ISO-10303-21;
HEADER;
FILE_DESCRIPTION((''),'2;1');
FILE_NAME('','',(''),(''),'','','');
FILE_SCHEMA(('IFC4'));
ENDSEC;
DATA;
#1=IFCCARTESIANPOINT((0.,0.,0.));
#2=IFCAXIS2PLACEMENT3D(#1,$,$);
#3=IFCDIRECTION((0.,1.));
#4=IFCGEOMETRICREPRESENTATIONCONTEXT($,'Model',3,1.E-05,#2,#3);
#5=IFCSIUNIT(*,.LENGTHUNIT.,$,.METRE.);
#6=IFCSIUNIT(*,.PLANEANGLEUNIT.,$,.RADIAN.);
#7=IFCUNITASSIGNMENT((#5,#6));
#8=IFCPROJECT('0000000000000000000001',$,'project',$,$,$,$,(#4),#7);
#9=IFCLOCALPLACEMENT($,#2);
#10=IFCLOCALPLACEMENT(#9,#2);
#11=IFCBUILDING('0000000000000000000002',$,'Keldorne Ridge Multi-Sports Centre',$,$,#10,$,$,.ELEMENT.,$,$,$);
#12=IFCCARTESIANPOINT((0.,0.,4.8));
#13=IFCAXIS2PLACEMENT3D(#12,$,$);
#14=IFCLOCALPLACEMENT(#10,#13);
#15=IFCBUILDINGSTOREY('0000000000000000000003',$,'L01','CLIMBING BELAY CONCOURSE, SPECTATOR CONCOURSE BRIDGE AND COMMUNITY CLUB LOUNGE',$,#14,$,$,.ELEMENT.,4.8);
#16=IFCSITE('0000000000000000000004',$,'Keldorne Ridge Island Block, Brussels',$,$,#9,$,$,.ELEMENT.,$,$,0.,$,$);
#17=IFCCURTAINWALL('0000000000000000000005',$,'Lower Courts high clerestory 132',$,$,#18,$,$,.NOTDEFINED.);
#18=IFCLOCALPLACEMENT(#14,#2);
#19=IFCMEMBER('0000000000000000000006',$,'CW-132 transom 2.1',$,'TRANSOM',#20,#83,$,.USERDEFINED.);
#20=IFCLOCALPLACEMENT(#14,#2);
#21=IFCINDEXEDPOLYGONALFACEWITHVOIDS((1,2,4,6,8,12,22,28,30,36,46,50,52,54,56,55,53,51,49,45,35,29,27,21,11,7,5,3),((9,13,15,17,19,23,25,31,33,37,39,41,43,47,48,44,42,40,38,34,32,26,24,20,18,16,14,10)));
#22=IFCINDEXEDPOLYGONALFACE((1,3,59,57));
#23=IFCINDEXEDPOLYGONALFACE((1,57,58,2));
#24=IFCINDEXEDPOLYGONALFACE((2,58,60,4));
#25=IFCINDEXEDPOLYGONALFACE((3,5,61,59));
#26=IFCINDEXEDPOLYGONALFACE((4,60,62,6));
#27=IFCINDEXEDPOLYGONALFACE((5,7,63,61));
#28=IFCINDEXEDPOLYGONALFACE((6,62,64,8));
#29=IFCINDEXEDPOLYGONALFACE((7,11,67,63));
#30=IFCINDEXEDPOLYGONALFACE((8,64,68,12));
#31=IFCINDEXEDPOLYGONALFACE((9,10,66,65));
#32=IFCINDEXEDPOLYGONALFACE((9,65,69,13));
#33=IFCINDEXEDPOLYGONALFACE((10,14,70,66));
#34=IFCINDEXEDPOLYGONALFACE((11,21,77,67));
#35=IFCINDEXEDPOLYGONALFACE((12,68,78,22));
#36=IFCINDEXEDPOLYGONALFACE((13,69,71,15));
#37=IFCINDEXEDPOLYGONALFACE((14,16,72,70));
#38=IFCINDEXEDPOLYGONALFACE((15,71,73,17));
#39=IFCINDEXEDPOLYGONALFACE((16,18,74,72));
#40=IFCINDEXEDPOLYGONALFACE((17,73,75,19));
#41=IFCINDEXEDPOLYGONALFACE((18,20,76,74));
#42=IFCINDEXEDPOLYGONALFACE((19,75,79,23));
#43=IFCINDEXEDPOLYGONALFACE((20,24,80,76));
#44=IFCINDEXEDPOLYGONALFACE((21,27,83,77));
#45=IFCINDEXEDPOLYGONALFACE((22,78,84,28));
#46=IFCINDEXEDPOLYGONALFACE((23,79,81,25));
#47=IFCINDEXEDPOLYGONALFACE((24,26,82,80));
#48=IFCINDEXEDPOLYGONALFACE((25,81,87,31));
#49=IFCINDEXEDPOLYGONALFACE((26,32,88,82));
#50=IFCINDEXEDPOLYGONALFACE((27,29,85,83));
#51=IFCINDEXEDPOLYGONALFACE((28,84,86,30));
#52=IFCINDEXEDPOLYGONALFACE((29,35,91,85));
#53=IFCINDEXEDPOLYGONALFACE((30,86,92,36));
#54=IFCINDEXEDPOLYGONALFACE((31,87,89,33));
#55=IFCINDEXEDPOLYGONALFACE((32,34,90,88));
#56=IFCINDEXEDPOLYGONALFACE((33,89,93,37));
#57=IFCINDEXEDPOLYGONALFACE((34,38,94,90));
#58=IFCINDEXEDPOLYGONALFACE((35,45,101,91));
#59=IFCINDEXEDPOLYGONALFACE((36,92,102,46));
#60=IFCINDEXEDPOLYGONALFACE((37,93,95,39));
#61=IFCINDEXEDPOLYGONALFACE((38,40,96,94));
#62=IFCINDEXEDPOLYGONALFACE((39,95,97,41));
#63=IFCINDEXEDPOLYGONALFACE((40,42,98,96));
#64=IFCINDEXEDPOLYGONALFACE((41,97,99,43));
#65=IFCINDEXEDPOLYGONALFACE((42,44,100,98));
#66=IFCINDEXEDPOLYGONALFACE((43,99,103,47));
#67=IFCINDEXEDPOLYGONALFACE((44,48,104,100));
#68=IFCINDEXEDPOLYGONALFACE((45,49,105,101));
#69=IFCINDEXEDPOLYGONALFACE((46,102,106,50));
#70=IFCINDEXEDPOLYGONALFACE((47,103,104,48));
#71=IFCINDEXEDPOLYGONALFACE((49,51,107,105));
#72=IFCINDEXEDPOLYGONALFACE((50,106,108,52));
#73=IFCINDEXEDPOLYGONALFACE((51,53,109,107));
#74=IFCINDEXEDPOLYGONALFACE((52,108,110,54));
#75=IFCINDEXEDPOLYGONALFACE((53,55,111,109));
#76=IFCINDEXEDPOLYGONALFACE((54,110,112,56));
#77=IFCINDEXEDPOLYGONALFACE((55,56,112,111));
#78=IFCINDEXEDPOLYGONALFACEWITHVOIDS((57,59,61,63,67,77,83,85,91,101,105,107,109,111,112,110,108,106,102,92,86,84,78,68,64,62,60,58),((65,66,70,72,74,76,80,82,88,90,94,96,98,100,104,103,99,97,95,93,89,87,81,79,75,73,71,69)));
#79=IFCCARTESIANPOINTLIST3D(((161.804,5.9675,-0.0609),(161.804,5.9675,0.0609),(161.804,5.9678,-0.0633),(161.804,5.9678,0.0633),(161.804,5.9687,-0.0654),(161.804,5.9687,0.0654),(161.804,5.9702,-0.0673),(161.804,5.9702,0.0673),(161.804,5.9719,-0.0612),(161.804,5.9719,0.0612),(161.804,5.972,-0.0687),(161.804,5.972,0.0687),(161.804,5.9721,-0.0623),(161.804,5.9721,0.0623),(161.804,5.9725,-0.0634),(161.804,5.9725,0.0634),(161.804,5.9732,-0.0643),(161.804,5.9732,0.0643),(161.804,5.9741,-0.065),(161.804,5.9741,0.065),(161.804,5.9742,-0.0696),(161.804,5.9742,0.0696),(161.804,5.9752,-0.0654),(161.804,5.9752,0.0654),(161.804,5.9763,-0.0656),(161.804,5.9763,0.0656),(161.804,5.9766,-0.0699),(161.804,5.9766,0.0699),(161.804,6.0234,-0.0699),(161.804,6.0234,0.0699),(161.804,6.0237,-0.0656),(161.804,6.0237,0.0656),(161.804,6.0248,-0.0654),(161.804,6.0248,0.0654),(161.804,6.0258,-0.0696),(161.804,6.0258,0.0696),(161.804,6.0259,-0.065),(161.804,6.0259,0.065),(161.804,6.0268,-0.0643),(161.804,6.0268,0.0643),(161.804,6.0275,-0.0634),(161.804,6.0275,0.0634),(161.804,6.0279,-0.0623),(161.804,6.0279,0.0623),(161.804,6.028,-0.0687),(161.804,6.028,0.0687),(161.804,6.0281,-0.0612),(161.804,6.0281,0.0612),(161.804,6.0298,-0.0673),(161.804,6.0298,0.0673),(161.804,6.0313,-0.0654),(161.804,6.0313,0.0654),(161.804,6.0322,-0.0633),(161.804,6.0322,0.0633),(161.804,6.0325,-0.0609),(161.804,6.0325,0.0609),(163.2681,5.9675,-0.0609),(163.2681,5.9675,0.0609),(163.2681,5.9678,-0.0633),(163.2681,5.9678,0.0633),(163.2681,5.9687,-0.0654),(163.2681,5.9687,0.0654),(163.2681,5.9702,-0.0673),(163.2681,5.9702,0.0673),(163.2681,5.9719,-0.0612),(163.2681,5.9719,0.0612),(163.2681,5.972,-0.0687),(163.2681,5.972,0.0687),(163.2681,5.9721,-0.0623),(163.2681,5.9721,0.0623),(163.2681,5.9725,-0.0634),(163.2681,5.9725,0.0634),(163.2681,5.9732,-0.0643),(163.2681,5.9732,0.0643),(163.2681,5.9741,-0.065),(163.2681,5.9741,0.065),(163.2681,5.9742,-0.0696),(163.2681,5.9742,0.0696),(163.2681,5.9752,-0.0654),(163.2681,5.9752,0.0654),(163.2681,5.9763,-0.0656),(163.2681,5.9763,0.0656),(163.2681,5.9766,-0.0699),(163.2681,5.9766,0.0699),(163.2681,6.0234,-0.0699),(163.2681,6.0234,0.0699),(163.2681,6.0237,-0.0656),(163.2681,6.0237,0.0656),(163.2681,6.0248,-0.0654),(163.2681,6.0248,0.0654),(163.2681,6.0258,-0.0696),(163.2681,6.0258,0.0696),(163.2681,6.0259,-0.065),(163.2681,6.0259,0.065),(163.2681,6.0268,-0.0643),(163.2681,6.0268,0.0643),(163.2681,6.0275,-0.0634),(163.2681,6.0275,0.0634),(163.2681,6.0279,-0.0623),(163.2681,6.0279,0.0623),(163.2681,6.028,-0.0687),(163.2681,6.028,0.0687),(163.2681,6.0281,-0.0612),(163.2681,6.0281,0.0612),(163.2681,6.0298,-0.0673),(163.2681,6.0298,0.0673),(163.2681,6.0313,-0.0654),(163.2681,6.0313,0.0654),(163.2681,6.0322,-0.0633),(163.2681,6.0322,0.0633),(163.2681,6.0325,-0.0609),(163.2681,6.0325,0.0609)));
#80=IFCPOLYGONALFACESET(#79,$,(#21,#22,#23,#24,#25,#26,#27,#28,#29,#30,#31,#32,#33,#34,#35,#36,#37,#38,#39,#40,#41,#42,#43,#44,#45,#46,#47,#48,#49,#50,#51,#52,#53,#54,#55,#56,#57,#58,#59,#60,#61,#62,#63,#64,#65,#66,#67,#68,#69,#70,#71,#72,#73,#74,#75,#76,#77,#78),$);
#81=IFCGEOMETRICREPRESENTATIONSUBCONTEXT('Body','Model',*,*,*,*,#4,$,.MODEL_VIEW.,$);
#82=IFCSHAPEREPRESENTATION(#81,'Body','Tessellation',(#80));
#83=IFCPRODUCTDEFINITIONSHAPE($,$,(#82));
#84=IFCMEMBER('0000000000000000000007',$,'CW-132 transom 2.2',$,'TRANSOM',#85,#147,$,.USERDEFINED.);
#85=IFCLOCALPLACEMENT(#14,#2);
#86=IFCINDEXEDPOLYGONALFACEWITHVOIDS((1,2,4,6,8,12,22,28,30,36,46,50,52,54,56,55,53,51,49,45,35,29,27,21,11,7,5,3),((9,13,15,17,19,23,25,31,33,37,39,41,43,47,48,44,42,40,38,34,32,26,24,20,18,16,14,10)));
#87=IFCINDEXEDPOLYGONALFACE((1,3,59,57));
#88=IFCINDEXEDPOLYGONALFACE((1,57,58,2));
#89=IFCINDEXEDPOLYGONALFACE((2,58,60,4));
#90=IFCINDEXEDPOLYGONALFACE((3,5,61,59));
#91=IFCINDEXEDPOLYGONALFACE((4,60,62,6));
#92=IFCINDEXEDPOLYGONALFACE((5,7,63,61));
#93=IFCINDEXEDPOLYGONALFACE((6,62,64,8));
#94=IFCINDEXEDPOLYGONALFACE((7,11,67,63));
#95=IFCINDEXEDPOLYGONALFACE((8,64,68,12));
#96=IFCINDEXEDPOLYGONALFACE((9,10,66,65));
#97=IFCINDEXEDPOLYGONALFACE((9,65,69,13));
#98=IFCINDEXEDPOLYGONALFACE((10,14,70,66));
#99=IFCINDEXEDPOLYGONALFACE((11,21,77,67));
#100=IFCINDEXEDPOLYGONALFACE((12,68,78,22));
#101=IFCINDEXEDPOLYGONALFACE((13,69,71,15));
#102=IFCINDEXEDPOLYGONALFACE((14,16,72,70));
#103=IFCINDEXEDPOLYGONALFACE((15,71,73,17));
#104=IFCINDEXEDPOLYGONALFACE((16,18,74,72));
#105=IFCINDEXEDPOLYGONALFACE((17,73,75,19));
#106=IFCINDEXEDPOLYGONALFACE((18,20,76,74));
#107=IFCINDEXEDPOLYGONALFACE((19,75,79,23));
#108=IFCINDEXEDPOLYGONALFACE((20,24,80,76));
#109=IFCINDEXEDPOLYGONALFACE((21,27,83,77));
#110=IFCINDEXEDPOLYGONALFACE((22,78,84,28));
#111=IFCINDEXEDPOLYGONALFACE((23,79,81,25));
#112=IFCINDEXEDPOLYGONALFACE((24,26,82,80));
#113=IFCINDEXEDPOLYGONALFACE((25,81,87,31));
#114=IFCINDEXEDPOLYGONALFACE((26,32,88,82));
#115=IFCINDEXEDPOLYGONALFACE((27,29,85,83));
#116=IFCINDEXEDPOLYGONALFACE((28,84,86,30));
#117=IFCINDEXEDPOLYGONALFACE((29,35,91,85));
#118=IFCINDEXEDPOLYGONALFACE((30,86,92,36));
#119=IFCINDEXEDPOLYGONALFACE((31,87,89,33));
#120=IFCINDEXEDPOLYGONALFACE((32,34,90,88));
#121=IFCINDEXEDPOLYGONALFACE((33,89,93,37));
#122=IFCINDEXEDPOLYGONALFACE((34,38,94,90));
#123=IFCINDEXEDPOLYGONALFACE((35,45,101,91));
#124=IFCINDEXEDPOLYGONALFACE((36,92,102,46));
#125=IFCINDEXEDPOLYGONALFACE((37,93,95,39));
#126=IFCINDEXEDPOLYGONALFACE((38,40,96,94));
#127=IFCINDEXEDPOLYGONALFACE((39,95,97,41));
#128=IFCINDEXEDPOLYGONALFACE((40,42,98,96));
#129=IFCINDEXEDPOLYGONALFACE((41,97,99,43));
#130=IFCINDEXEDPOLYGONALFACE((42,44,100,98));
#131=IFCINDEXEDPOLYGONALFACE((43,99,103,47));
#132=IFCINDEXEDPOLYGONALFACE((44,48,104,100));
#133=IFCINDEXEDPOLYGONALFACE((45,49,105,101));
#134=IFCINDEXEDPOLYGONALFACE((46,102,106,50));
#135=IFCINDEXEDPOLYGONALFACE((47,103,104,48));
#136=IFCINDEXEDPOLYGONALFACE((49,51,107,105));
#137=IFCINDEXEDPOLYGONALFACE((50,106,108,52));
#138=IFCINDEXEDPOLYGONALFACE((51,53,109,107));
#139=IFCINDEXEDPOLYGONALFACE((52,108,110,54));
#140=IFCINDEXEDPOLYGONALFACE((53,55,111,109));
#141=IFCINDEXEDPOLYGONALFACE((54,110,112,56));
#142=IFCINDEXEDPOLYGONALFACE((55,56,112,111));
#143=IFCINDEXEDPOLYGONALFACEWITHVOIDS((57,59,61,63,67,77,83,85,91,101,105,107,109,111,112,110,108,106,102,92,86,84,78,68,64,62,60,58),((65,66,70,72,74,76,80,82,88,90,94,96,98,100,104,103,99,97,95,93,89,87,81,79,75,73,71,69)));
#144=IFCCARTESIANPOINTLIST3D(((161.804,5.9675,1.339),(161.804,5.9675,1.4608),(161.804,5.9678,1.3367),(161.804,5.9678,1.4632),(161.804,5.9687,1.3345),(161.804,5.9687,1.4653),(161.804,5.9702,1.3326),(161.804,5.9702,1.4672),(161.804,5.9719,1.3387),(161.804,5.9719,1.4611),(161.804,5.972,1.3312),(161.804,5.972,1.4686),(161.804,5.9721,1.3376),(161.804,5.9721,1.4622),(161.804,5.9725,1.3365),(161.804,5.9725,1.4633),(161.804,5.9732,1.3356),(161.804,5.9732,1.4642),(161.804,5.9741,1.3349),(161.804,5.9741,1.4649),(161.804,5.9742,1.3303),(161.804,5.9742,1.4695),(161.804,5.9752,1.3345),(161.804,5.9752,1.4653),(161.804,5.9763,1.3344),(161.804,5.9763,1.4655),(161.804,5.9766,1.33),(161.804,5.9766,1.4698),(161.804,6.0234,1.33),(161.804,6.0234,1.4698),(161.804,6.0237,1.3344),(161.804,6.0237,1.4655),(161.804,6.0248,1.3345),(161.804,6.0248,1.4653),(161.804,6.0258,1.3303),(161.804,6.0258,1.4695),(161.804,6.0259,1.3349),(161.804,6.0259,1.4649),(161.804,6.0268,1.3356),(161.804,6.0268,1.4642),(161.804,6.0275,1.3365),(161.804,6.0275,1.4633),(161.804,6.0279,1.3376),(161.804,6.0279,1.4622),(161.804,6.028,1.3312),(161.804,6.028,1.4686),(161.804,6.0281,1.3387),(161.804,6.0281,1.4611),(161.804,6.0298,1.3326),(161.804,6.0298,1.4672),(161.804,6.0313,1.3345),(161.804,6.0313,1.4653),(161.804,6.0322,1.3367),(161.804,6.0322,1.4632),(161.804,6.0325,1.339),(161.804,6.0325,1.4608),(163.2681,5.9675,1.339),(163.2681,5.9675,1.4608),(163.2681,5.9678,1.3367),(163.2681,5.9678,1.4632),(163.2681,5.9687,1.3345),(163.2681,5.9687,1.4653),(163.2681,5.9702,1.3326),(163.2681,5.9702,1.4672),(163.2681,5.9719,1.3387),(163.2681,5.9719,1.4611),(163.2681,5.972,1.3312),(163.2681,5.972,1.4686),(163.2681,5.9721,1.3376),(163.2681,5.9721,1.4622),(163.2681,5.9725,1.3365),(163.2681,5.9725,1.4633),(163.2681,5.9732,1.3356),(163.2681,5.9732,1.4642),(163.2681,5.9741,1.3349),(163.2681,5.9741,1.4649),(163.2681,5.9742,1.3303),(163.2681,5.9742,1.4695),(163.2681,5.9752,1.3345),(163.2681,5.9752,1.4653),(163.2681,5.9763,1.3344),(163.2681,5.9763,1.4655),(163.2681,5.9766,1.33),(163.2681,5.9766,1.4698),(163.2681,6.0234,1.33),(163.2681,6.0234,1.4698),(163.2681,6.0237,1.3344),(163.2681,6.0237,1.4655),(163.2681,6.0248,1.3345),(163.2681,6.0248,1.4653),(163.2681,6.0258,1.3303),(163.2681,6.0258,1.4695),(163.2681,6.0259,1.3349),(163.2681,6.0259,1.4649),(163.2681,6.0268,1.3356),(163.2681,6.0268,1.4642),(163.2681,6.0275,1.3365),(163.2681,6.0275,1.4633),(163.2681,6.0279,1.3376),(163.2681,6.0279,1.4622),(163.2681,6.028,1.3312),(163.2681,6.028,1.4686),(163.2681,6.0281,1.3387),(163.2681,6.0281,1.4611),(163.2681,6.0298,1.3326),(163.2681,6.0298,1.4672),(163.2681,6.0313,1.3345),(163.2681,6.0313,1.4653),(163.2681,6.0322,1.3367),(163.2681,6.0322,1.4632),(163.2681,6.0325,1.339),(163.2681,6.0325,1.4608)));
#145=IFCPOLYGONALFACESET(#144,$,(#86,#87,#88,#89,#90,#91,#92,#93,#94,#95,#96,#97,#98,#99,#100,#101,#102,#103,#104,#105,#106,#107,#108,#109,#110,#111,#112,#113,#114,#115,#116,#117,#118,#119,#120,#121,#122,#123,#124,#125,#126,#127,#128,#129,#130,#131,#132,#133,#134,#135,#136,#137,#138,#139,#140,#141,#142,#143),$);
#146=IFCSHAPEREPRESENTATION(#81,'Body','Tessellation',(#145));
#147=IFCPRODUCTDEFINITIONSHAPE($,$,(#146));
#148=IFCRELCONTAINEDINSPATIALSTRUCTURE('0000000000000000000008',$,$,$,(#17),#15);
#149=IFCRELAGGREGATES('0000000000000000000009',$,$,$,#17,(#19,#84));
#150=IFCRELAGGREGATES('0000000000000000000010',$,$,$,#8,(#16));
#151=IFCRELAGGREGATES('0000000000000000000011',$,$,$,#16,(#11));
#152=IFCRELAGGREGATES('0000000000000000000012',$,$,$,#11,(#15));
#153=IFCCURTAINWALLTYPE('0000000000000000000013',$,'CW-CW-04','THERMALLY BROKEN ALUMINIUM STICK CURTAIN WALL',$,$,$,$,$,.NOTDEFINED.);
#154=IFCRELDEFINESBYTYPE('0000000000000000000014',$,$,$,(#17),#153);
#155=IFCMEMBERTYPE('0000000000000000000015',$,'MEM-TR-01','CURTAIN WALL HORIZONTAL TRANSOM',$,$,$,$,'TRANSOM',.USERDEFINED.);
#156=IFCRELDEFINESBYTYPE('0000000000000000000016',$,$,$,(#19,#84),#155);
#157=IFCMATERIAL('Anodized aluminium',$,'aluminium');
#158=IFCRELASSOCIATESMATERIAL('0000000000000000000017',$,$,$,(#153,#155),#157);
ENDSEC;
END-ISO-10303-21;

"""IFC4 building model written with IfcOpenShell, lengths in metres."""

from ifc_helpers import new_model, si_unit, direction, frame, origin, origin_2d, place, context, subcontext, project, spatial, hollow_rectangle, extrude, material, material_profile, profile_set, type_object, element, aggregate, save


model = new_model("IFC4")

# Units and contexts
model_context = context("Model", 3, precision=1e-05, world=origin(), true_north=direction((0.0, 1.0)))
body_context = subcontext(model_context, "Body", "Model", "MODEL_VIEW")
ifc_project = project(units=[si_unit("LENGTHUNIT", "METRE"), si_unit("PLANEANGLEUNIT", "RADIAN")], contexts=[model_context])

# Site, building, storey
site_placement = place(None, origin())
site = spatial("IfcSite", under=ifc_project, at=site_placement, Name="Keldorne Ridge Island Block, Brussels", CompositionType="ELEMENT", RefElevation=0.0)
building_placement = place(site_placement, origin())
building = spatial("IfcBuilding", under=site, at=building_placement, Name="Keldorne Ridge Multi-Sports Centre", CompositionType="ELEMENT")
storey_placement = place(building_placement, frame((0.0, 0.0, 4.8)))
storey = spatial("IfcBuildingStorey", under=building, at=storey_placement, Name="L01", Description="CLIMBING BELAY CONCOURSE, SPECTATOR CONCOURSE BRIDGE AND COMMUNITY CLUB LOUNGE", CompositionType="ELEMENT", Elevation=4.8)

# Curtain wall, members
ifc_material_1 = material(Name="Anodized aluminium", Category="aluminium")
curtain_wall_type = type_object("IfcCurtainWallType", Name="CW-CW-04", Description="THERMALLY BROKEN ALUMINIUM STICK CURTAIN WALL", PredefinedType="NOTDEFINED", material=ifc_material_1)
curtain_wall_placement = place(storey_placement, origin())
curtain_wall = element("IfcCurtainWall", 1, at=curtain_wall_placement, inside=storey, type_object=curtain_wall_type, Name="Lower Courts high clerestory 132", PredefinedType="NOTDEFINED")
ifc_material_profile_1 = material_profile(ifc_material_1, hollow_rectangle(XDim=0.0649, YDim=0.1399, WallThickness=0.0044, InnerFilletRadius=0.0044, OuterFilletRadius=0.009, at=origin_2d()), Name="ALU TRANSOM 140x65x4.5")
ifc_profile_set_1 = profile_set([ifc_material_profile_1], Name="Anodized aluminium")
member_type_1 = type_object("IfcMemberType", Name="MEM-TR-01", Description="CURTAIN WALL HORIZONTAL TRANSOM", ElementType="TRANSOM", PredefinedType="USERDEFINED", material=ifc_profile_set_1)
member_1_placement = place(storey_placement, frame((161.804, 6.0, 0.0), z_axis=(1.0, 0.0, 0.0), x_axis=(0.0, 1.0, 0.0)))
member_1 = element("IfcMember", 2, at=member_1_placement, type_object=member_type_1, Name="CW-132 transom 2.1", ObjectType="TRANSOM", PredefinedType="USERDEFINED", context=body_context, shape_type="SweptSolid", body=[
    extrude(hollow_rectangle(XDim=0.0649, YDim=0.1399, WallThickness=0.0044, InnerFilletRadius=0.0044, OuterFilletRadius=0.009, at=origin_2d()), origin(), (0.0, 0.0, 1.0), 1.4641),
])
member_2_placement = place(storey_placement, frame((161.804, 6.0, 1.3999), z_axis=(1.0, 0.0, 0.0), x_axis=(0.0, 1.0, 0.0)))
member_2 = element("IfcMember", 3, at=member_2_placement, type_object=member_type_1, Name="CW-132 transom 2.2", ObjectType="TRANSOM", PredefinedType="USERDEFINED", context=body_context, shape_type="SweptSolid", body=[
    extrude(hollow_rectangle(XDim=0.0649, YDim=0.1399, WallThickness=0.0044, InnerFilletRadius=0.0044, OuterFilletRadius=0.009, at=origin_2d()), origin(), (0.0, 0.0, 1.0), 1.4641),
])
aggregate(curtain_wall, [member_1, member_2])

save(model, "model.ifc")
